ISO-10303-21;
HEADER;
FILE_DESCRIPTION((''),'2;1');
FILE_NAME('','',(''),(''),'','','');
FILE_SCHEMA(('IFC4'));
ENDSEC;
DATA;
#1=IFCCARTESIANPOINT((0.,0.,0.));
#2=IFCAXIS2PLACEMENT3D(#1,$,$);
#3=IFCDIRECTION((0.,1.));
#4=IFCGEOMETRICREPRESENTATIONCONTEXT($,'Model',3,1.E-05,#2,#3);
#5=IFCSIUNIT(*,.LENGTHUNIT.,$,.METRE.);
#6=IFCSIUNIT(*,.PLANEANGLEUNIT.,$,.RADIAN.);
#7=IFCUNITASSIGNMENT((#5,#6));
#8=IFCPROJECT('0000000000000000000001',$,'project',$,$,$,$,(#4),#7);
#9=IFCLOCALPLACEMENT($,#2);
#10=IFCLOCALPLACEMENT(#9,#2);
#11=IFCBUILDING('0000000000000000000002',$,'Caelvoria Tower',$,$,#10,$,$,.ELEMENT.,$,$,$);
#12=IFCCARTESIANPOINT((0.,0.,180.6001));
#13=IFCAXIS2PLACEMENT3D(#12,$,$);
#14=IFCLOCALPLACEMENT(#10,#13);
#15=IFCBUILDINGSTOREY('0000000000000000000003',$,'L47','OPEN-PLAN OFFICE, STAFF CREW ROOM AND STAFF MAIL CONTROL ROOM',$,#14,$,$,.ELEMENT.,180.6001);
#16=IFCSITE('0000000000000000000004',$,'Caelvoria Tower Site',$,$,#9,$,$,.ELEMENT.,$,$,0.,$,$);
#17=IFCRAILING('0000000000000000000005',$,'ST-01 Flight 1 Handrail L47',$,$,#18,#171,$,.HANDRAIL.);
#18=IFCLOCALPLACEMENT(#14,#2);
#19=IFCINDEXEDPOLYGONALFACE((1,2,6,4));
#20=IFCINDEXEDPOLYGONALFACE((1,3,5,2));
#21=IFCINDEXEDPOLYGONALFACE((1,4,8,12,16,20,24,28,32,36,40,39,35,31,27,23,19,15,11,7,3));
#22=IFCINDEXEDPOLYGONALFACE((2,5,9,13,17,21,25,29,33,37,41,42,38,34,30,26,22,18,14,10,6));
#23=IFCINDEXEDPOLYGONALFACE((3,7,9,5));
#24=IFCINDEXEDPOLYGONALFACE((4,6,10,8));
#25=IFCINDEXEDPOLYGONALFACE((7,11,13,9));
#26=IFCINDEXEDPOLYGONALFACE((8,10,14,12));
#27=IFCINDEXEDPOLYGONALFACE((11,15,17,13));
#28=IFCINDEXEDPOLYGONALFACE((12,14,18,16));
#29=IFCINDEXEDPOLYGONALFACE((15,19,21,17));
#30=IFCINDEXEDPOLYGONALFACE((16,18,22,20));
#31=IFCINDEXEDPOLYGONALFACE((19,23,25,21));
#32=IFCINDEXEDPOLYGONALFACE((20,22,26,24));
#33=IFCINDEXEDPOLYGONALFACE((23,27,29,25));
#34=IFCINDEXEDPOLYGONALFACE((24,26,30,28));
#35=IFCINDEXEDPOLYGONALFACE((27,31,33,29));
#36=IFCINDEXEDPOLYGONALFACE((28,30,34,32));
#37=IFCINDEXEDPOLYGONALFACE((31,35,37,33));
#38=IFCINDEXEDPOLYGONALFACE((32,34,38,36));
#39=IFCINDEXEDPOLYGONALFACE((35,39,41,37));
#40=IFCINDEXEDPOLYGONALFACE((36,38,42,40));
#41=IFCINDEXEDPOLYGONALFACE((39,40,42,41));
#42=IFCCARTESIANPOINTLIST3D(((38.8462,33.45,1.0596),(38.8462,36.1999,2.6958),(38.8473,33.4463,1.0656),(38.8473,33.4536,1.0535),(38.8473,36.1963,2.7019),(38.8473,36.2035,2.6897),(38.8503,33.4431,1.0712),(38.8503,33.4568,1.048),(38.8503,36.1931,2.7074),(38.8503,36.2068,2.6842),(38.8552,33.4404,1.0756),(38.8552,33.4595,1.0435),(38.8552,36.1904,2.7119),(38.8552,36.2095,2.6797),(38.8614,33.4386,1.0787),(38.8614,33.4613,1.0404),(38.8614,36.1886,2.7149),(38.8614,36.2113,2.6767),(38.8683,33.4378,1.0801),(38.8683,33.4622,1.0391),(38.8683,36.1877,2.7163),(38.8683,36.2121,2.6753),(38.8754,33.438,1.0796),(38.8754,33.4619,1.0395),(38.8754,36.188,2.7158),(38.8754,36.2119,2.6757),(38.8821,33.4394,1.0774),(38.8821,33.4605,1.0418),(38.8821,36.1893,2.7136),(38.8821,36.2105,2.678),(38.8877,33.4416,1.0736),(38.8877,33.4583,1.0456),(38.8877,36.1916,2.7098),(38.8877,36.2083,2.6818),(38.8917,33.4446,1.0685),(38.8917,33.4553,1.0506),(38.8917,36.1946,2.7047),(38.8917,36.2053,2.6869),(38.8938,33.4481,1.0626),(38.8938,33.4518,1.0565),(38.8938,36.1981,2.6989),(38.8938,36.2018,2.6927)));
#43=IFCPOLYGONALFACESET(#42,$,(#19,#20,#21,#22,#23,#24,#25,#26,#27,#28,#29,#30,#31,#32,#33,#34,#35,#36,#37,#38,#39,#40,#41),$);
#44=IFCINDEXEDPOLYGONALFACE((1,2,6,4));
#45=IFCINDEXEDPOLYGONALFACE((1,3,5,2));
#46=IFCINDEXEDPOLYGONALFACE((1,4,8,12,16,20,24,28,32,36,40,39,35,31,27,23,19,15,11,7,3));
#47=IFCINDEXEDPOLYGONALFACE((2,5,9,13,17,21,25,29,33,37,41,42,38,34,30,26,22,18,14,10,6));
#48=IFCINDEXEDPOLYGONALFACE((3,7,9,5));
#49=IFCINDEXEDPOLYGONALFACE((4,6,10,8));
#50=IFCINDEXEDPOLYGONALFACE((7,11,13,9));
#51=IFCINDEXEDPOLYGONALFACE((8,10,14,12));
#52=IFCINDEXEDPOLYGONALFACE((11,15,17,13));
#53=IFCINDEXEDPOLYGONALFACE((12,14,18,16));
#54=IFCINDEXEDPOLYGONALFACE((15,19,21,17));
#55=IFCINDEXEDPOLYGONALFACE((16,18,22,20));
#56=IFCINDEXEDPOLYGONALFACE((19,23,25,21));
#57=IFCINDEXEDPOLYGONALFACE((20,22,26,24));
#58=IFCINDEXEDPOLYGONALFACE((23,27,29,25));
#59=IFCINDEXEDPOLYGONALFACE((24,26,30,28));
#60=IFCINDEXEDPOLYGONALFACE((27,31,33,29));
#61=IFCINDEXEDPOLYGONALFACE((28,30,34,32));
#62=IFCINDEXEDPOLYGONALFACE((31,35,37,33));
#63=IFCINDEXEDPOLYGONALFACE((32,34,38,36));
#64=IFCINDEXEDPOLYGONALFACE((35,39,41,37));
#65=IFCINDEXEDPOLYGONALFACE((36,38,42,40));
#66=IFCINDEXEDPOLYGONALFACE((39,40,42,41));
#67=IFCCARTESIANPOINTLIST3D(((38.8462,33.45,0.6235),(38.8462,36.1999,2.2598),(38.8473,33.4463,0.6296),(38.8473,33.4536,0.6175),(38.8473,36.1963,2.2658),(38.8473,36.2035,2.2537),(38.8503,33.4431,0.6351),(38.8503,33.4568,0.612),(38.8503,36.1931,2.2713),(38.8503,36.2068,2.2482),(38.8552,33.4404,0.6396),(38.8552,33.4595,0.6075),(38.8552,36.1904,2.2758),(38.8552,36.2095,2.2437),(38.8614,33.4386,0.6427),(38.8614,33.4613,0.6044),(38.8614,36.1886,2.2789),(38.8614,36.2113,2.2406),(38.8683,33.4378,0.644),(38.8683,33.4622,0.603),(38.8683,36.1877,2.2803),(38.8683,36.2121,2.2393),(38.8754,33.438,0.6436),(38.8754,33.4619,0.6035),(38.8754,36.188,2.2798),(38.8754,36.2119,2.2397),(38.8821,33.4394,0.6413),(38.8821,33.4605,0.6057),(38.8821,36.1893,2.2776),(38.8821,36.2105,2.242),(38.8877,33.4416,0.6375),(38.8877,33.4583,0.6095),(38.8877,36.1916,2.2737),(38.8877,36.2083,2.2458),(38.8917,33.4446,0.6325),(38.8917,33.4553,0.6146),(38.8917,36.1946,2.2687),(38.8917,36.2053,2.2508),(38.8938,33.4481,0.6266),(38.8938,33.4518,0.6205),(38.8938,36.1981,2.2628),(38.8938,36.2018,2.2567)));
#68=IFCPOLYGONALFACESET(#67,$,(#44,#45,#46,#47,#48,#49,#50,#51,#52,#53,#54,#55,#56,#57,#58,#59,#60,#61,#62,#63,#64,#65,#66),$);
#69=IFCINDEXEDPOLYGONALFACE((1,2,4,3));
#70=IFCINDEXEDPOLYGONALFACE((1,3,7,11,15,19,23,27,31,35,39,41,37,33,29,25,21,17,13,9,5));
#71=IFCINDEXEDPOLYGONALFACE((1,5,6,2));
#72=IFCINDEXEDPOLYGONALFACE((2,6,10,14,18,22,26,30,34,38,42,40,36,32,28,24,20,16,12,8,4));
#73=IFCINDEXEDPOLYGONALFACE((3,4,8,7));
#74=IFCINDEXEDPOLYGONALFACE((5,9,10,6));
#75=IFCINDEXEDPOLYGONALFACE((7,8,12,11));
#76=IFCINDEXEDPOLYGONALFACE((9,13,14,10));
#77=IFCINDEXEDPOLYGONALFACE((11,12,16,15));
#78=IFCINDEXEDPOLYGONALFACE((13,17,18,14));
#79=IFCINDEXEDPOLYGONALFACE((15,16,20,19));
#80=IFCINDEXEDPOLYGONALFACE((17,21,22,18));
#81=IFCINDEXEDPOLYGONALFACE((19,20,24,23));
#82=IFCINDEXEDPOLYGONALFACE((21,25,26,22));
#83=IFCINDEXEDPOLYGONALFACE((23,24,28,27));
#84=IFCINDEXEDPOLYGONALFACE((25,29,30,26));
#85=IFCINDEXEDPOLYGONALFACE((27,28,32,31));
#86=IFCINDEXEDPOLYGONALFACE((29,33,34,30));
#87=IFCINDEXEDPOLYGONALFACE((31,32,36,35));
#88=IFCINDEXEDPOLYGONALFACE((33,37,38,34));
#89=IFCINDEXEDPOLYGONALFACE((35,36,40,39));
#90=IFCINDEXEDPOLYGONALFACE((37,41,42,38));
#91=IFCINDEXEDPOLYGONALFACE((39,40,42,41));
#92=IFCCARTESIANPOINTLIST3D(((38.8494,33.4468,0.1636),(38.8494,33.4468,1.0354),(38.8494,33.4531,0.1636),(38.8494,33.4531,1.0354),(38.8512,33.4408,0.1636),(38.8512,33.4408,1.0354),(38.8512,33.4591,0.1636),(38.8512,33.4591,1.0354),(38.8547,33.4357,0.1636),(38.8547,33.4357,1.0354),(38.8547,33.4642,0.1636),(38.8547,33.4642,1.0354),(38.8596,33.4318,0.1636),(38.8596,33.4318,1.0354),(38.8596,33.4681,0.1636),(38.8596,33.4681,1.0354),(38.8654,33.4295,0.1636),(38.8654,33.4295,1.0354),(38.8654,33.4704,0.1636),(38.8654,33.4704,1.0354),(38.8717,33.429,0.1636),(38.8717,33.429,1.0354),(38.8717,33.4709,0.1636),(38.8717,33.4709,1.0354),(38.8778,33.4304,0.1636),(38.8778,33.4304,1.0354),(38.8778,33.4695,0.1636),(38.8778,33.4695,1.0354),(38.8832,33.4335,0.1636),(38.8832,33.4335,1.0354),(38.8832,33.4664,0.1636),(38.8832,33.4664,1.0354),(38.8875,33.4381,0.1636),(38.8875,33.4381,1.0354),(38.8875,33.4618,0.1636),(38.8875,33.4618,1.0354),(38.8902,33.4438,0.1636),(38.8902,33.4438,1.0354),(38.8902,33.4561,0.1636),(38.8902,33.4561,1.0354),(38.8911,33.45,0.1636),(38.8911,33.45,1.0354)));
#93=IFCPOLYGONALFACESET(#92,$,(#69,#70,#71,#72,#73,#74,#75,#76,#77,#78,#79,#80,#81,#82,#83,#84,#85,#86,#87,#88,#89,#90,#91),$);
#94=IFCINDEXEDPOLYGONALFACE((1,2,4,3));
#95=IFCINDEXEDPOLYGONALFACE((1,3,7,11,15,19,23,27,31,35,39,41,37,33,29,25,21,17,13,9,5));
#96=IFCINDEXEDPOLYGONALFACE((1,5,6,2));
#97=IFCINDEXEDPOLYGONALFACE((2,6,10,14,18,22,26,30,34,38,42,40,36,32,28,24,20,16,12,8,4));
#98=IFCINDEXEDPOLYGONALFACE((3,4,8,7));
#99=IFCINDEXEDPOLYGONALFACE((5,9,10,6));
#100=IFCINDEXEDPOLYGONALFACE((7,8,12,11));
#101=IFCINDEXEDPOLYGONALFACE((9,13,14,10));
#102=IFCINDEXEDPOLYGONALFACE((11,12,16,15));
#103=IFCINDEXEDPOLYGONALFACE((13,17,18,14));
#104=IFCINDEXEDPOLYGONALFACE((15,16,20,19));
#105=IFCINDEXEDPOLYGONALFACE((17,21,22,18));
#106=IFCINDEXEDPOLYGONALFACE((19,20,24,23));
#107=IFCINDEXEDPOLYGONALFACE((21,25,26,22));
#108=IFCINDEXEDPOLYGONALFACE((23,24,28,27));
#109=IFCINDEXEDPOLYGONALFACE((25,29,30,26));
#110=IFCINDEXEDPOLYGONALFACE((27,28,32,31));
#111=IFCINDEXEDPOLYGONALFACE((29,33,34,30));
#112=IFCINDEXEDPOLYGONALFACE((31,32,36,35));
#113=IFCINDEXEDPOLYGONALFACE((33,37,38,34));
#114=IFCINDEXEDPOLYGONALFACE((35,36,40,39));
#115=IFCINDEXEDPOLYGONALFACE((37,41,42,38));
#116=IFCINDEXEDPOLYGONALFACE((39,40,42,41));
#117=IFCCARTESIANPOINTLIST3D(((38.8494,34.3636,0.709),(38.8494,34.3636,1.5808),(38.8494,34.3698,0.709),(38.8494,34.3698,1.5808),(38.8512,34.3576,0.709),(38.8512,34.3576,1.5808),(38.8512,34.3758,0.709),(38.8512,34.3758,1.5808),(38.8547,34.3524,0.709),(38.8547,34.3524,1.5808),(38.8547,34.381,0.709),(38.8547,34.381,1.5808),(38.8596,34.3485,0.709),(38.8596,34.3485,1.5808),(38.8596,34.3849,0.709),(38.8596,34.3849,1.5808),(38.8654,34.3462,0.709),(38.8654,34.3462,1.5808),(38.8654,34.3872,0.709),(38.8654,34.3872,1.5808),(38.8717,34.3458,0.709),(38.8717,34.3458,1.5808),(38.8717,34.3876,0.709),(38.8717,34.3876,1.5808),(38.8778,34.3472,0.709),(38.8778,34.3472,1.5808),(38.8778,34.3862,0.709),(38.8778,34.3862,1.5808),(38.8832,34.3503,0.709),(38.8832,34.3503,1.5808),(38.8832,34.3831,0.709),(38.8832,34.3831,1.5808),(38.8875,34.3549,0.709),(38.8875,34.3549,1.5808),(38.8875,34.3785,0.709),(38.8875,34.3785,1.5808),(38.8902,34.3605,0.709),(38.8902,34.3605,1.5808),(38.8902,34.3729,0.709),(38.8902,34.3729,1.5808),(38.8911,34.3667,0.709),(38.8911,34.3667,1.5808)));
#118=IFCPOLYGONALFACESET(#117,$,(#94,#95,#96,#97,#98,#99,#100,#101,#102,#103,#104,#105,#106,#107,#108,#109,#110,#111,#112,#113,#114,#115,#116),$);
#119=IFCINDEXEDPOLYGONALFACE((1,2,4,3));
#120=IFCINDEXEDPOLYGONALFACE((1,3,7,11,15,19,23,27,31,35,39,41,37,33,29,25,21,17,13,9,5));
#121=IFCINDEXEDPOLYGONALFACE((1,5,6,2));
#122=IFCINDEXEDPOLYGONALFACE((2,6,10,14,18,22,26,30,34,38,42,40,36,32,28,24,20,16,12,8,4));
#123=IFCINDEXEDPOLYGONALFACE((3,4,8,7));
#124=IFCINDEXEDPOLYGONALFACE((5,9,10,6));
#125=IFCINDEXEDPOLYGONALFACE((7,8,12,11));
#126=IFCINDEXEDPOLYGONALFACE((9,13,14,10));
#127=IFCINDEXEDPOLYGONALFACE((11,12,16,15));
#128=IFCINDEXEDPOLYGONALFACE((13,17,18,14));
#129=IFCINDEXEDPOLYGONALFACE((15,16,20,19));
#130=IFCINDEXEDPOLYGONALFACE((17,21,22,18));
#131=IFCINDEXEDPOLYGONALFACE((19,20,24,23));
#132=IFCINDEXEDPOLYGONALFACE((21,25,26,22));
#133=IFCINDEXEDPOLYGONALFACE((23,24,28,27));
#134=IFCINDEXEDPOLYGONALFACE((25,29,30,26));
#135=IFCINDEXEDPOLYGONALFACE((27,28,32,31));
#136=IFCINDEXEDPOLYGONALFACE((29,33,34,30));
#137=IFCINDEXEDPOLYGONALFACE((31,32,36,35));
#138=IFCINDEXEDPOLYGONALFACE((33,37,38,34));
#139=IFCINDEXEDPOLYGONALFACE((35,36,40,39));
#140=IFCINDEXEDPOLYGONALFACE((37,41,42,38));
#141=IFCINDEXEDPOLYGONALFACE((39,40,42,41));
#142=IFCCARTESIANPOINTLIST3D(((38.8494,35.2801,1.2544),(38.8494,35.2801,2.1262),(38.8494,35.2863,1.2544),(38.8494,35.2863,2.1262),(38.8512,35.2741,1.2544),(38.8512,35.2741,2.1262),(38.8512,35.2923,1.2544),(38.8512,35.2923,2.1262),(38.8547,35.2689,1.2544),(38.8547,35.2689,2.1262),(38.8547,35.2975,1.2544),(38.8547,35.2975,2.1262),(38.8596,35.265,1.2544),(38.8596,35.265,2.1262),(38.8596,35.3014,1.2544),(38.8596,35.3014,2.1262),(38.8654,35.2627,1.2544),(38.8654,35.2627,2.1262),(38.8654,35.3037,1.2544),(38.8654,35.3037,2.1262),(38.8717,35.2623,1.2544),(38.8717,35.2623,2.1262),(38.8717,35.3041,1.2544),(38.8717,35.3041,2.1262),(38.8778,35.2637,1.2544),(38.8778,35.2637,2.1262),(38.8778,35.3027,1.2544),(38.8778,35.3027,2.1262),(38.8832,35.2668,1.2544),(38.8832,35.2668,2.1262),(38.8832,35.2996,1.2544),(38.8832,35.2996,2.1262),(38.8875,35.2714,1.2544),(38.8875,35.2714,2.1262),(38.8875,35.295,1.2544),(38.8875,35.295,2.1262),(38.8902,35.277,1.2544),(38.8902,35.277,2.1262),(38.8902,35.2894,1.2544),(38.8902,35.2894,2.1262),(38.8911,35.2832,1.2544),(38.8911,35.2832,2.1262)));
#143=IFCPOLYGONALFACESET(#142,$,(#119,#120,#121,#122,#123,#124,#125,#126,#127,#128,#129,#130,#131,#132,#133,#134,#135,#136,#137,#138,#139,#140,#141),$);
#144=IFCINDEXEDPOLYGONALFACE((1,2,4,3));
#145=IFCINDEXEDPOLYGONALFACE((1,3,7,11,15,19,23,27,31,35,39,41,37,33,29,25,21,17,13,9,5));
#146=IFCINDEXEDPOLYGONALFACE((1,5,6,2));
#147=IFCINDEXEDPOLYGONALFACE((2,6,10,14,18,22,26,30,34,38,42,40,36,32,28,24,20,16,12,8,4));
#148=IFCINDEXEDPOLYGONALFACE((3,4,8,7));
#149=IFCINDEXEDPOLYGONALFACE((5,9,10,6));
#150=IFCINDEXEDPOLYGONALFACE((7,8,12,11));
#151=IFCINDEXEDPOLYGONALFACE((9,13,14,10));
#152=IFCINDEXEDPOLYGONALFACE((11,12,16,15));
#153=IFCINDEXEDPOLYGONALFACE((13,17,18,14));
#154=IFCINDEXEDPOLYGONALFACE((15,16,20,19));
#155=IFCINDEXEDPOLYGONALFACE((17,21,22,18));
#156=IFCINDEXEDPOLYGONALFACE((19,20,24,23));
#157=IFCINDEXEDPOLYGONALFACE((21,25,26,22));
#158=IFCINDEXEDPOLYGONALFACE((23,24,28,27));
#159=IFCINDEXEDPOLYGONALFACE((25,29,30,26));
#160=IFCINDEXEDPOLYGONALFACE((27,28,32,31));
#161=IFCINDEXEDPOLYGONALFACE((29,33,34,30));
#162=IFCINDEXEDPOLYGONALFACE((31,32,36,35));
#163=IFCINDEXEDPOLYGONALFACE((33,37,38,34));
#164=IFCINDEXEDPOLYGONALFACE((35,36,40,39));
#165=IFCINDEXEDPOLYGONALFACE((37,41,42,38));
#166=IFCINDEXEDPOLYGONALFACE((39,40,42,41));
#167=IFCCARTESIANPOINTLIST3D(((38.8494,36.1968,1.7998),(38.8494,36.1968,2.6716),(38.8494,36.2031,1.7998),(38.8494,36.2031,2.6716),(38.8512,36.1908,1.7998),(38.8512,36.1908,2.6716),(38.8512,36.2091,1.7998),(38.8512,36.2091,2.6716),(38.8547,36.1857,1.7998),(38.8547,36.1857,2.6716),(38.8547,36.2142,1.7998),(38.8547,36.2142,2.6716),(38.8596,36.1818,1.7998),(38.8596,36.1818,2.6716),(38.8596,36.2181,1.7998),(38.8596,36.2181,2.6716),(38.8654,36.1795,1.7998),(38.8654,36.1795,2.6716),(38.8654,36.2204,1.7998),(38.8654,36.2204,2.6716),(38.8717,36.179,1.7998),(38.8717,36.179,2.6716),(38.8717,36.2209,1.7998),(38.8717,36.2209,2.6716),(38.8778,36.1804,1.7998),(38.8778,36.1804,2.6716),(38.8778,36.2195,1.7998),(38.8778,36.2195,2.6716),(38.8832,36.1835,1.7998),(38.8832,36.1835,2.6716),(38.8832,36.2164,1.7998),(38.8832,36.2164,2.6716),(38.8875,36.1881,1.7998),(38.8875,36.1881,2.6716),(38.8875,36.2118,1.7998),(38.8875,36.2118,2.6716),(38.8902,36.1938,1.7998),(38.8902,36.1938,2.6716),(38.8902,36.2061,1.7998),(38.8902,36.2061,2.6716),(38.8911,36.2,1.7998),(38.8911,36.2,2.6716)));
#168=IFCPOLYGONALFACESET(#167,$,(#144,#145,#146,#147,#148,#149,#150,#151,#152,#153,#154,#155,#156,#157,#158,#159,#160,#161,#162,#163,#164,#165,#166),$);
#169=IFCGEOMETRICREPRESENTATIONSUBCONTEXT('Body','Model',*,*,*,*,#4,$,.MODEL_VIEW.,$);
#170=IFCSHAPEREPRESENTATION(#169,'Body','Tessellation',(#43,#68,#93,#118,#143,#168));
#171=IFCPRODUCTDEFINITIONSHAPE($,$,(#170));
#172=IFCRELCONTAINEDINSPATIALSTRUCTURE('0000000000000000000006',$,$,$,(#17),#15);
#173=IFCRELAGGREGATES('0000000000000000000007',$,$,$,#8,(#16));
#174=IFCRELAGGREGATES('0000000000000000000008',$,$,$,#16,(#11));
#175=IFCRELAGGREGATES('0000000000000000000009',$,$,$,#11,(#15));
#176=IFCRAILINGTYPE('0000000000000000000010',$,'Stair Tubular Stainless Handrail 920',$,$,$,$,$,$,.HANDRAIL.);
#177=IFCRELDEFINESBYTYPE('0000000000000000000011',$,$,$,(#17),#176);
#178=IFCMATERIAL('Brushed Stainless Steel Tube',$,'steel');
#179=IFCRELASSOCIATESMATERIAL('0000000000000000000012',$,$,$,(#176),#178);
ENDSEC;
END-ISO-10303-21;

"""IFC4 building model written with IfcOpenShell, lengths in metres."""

from ifc_helpers import new_model, si_unit, direction, frame, origin, origin_2d, place, context, subcontext, project, spatial, circle, extrude, material, type_object, element, save


model = new_model("IFC4")

# Units and contexts
model_context = context("Model", 3, precision=1e-05, world=origin(), true_north=direction((0.0, 1.0)))
body_context = subcontext(model_context, "Body", "Model", "MODEL_VIEW")
ifc_project = project(units=[si_unit("LENGTHUNIT", "METRE"), si_unit("PLANEANGLEUNIT", "RADIAN")], contexts=[model_context])

# Site, building, storey
site_placement = place(None, origin())
site = spatial("IfcSite", under=ifc_project, at=site_placement, Name="Caelvoria Tower Site", CompositionType="ELEMENT", RefElevation=0.0)
building_placement = place(site_placement, origin())
building = spatial("IfcBuilding", under=site, at=building_placement, Name="Caelvoria Tower", CompositionType="ELEMENT")
storey_placement = place(building_placement, frame((0.0, 0.0, 180.6001)))
storey = spatial("IfcBuildingStorey", under=building, at=storey_placement, Name="L47", Description="OPEN-PLAN OFFICE, STAFF CREW ROOM AND STAFF MAIL CONTROL ROOM", CompositionType="ELEMENT", Elevation=180.6001)

# Railing
ifc_material_1 = material(Name="Brushed Stainless Steel Tube", Category="steel")
railing_type_1 = type_object("IfcRailingType", Name="Stair Tubular Stainless Handrail 920", PredefinedType="HANDRAIL", material=ifc_material_1)
railing_1_placement = place(storey_placement, frame((38.8701, 33.45, 0.1636)))
element("IfcRailing", 1, at=railing_1_placement, inside=storey, type_object=railing_type_1, Name="ST-01 Flight 1 Handrail L47", PredefinedType="HANDRAIL", context=body_context, shape_type="SweptSolid", body=[
    extrude(circle(Radius=0.0239, at=origin_2d()), frame((0.0, 0.0, 0.896), z_axis=(0.0, 0.859385, 0.511328), x_axis=(-1.0, 0.0, 0.0)), (0.0, 0.0, 1.0), 3.2),
    extrude(circle(Radius=0.0239, at=origin_2d()), frame((0.0, 0.0, 0.46), z_axis=(0.0, 0.859385, 0.511328), x_axis=(-1.0, 0.0, 0.0)), (0.0, 0.0, 1.0), 3.2),
    extrude(circle(Radius=0.021, at=origin_2d()), origin(), (0.0, 0.0, 1.0), 0.8718),
    extrude(circle(Radius=0.021, at=origin_2d()), frame((0.0, 0.9167, 0.5454)), (0.0, 0.0, 1.0), 0.8718),
    extrude(circle(Radius=0.021, at=origin_2d()), frame((0.0, 1.8333, 1.0908)), (0.0, 0.0, 1.0), 0.8718),
    extrude(circle(Radius=0.021, at=origin_2d()), frame((0.0, 2.75, 1.6362)), (0.0, 0.0, 1.0), 0.8718),
])

save(model, "model.ifc")
